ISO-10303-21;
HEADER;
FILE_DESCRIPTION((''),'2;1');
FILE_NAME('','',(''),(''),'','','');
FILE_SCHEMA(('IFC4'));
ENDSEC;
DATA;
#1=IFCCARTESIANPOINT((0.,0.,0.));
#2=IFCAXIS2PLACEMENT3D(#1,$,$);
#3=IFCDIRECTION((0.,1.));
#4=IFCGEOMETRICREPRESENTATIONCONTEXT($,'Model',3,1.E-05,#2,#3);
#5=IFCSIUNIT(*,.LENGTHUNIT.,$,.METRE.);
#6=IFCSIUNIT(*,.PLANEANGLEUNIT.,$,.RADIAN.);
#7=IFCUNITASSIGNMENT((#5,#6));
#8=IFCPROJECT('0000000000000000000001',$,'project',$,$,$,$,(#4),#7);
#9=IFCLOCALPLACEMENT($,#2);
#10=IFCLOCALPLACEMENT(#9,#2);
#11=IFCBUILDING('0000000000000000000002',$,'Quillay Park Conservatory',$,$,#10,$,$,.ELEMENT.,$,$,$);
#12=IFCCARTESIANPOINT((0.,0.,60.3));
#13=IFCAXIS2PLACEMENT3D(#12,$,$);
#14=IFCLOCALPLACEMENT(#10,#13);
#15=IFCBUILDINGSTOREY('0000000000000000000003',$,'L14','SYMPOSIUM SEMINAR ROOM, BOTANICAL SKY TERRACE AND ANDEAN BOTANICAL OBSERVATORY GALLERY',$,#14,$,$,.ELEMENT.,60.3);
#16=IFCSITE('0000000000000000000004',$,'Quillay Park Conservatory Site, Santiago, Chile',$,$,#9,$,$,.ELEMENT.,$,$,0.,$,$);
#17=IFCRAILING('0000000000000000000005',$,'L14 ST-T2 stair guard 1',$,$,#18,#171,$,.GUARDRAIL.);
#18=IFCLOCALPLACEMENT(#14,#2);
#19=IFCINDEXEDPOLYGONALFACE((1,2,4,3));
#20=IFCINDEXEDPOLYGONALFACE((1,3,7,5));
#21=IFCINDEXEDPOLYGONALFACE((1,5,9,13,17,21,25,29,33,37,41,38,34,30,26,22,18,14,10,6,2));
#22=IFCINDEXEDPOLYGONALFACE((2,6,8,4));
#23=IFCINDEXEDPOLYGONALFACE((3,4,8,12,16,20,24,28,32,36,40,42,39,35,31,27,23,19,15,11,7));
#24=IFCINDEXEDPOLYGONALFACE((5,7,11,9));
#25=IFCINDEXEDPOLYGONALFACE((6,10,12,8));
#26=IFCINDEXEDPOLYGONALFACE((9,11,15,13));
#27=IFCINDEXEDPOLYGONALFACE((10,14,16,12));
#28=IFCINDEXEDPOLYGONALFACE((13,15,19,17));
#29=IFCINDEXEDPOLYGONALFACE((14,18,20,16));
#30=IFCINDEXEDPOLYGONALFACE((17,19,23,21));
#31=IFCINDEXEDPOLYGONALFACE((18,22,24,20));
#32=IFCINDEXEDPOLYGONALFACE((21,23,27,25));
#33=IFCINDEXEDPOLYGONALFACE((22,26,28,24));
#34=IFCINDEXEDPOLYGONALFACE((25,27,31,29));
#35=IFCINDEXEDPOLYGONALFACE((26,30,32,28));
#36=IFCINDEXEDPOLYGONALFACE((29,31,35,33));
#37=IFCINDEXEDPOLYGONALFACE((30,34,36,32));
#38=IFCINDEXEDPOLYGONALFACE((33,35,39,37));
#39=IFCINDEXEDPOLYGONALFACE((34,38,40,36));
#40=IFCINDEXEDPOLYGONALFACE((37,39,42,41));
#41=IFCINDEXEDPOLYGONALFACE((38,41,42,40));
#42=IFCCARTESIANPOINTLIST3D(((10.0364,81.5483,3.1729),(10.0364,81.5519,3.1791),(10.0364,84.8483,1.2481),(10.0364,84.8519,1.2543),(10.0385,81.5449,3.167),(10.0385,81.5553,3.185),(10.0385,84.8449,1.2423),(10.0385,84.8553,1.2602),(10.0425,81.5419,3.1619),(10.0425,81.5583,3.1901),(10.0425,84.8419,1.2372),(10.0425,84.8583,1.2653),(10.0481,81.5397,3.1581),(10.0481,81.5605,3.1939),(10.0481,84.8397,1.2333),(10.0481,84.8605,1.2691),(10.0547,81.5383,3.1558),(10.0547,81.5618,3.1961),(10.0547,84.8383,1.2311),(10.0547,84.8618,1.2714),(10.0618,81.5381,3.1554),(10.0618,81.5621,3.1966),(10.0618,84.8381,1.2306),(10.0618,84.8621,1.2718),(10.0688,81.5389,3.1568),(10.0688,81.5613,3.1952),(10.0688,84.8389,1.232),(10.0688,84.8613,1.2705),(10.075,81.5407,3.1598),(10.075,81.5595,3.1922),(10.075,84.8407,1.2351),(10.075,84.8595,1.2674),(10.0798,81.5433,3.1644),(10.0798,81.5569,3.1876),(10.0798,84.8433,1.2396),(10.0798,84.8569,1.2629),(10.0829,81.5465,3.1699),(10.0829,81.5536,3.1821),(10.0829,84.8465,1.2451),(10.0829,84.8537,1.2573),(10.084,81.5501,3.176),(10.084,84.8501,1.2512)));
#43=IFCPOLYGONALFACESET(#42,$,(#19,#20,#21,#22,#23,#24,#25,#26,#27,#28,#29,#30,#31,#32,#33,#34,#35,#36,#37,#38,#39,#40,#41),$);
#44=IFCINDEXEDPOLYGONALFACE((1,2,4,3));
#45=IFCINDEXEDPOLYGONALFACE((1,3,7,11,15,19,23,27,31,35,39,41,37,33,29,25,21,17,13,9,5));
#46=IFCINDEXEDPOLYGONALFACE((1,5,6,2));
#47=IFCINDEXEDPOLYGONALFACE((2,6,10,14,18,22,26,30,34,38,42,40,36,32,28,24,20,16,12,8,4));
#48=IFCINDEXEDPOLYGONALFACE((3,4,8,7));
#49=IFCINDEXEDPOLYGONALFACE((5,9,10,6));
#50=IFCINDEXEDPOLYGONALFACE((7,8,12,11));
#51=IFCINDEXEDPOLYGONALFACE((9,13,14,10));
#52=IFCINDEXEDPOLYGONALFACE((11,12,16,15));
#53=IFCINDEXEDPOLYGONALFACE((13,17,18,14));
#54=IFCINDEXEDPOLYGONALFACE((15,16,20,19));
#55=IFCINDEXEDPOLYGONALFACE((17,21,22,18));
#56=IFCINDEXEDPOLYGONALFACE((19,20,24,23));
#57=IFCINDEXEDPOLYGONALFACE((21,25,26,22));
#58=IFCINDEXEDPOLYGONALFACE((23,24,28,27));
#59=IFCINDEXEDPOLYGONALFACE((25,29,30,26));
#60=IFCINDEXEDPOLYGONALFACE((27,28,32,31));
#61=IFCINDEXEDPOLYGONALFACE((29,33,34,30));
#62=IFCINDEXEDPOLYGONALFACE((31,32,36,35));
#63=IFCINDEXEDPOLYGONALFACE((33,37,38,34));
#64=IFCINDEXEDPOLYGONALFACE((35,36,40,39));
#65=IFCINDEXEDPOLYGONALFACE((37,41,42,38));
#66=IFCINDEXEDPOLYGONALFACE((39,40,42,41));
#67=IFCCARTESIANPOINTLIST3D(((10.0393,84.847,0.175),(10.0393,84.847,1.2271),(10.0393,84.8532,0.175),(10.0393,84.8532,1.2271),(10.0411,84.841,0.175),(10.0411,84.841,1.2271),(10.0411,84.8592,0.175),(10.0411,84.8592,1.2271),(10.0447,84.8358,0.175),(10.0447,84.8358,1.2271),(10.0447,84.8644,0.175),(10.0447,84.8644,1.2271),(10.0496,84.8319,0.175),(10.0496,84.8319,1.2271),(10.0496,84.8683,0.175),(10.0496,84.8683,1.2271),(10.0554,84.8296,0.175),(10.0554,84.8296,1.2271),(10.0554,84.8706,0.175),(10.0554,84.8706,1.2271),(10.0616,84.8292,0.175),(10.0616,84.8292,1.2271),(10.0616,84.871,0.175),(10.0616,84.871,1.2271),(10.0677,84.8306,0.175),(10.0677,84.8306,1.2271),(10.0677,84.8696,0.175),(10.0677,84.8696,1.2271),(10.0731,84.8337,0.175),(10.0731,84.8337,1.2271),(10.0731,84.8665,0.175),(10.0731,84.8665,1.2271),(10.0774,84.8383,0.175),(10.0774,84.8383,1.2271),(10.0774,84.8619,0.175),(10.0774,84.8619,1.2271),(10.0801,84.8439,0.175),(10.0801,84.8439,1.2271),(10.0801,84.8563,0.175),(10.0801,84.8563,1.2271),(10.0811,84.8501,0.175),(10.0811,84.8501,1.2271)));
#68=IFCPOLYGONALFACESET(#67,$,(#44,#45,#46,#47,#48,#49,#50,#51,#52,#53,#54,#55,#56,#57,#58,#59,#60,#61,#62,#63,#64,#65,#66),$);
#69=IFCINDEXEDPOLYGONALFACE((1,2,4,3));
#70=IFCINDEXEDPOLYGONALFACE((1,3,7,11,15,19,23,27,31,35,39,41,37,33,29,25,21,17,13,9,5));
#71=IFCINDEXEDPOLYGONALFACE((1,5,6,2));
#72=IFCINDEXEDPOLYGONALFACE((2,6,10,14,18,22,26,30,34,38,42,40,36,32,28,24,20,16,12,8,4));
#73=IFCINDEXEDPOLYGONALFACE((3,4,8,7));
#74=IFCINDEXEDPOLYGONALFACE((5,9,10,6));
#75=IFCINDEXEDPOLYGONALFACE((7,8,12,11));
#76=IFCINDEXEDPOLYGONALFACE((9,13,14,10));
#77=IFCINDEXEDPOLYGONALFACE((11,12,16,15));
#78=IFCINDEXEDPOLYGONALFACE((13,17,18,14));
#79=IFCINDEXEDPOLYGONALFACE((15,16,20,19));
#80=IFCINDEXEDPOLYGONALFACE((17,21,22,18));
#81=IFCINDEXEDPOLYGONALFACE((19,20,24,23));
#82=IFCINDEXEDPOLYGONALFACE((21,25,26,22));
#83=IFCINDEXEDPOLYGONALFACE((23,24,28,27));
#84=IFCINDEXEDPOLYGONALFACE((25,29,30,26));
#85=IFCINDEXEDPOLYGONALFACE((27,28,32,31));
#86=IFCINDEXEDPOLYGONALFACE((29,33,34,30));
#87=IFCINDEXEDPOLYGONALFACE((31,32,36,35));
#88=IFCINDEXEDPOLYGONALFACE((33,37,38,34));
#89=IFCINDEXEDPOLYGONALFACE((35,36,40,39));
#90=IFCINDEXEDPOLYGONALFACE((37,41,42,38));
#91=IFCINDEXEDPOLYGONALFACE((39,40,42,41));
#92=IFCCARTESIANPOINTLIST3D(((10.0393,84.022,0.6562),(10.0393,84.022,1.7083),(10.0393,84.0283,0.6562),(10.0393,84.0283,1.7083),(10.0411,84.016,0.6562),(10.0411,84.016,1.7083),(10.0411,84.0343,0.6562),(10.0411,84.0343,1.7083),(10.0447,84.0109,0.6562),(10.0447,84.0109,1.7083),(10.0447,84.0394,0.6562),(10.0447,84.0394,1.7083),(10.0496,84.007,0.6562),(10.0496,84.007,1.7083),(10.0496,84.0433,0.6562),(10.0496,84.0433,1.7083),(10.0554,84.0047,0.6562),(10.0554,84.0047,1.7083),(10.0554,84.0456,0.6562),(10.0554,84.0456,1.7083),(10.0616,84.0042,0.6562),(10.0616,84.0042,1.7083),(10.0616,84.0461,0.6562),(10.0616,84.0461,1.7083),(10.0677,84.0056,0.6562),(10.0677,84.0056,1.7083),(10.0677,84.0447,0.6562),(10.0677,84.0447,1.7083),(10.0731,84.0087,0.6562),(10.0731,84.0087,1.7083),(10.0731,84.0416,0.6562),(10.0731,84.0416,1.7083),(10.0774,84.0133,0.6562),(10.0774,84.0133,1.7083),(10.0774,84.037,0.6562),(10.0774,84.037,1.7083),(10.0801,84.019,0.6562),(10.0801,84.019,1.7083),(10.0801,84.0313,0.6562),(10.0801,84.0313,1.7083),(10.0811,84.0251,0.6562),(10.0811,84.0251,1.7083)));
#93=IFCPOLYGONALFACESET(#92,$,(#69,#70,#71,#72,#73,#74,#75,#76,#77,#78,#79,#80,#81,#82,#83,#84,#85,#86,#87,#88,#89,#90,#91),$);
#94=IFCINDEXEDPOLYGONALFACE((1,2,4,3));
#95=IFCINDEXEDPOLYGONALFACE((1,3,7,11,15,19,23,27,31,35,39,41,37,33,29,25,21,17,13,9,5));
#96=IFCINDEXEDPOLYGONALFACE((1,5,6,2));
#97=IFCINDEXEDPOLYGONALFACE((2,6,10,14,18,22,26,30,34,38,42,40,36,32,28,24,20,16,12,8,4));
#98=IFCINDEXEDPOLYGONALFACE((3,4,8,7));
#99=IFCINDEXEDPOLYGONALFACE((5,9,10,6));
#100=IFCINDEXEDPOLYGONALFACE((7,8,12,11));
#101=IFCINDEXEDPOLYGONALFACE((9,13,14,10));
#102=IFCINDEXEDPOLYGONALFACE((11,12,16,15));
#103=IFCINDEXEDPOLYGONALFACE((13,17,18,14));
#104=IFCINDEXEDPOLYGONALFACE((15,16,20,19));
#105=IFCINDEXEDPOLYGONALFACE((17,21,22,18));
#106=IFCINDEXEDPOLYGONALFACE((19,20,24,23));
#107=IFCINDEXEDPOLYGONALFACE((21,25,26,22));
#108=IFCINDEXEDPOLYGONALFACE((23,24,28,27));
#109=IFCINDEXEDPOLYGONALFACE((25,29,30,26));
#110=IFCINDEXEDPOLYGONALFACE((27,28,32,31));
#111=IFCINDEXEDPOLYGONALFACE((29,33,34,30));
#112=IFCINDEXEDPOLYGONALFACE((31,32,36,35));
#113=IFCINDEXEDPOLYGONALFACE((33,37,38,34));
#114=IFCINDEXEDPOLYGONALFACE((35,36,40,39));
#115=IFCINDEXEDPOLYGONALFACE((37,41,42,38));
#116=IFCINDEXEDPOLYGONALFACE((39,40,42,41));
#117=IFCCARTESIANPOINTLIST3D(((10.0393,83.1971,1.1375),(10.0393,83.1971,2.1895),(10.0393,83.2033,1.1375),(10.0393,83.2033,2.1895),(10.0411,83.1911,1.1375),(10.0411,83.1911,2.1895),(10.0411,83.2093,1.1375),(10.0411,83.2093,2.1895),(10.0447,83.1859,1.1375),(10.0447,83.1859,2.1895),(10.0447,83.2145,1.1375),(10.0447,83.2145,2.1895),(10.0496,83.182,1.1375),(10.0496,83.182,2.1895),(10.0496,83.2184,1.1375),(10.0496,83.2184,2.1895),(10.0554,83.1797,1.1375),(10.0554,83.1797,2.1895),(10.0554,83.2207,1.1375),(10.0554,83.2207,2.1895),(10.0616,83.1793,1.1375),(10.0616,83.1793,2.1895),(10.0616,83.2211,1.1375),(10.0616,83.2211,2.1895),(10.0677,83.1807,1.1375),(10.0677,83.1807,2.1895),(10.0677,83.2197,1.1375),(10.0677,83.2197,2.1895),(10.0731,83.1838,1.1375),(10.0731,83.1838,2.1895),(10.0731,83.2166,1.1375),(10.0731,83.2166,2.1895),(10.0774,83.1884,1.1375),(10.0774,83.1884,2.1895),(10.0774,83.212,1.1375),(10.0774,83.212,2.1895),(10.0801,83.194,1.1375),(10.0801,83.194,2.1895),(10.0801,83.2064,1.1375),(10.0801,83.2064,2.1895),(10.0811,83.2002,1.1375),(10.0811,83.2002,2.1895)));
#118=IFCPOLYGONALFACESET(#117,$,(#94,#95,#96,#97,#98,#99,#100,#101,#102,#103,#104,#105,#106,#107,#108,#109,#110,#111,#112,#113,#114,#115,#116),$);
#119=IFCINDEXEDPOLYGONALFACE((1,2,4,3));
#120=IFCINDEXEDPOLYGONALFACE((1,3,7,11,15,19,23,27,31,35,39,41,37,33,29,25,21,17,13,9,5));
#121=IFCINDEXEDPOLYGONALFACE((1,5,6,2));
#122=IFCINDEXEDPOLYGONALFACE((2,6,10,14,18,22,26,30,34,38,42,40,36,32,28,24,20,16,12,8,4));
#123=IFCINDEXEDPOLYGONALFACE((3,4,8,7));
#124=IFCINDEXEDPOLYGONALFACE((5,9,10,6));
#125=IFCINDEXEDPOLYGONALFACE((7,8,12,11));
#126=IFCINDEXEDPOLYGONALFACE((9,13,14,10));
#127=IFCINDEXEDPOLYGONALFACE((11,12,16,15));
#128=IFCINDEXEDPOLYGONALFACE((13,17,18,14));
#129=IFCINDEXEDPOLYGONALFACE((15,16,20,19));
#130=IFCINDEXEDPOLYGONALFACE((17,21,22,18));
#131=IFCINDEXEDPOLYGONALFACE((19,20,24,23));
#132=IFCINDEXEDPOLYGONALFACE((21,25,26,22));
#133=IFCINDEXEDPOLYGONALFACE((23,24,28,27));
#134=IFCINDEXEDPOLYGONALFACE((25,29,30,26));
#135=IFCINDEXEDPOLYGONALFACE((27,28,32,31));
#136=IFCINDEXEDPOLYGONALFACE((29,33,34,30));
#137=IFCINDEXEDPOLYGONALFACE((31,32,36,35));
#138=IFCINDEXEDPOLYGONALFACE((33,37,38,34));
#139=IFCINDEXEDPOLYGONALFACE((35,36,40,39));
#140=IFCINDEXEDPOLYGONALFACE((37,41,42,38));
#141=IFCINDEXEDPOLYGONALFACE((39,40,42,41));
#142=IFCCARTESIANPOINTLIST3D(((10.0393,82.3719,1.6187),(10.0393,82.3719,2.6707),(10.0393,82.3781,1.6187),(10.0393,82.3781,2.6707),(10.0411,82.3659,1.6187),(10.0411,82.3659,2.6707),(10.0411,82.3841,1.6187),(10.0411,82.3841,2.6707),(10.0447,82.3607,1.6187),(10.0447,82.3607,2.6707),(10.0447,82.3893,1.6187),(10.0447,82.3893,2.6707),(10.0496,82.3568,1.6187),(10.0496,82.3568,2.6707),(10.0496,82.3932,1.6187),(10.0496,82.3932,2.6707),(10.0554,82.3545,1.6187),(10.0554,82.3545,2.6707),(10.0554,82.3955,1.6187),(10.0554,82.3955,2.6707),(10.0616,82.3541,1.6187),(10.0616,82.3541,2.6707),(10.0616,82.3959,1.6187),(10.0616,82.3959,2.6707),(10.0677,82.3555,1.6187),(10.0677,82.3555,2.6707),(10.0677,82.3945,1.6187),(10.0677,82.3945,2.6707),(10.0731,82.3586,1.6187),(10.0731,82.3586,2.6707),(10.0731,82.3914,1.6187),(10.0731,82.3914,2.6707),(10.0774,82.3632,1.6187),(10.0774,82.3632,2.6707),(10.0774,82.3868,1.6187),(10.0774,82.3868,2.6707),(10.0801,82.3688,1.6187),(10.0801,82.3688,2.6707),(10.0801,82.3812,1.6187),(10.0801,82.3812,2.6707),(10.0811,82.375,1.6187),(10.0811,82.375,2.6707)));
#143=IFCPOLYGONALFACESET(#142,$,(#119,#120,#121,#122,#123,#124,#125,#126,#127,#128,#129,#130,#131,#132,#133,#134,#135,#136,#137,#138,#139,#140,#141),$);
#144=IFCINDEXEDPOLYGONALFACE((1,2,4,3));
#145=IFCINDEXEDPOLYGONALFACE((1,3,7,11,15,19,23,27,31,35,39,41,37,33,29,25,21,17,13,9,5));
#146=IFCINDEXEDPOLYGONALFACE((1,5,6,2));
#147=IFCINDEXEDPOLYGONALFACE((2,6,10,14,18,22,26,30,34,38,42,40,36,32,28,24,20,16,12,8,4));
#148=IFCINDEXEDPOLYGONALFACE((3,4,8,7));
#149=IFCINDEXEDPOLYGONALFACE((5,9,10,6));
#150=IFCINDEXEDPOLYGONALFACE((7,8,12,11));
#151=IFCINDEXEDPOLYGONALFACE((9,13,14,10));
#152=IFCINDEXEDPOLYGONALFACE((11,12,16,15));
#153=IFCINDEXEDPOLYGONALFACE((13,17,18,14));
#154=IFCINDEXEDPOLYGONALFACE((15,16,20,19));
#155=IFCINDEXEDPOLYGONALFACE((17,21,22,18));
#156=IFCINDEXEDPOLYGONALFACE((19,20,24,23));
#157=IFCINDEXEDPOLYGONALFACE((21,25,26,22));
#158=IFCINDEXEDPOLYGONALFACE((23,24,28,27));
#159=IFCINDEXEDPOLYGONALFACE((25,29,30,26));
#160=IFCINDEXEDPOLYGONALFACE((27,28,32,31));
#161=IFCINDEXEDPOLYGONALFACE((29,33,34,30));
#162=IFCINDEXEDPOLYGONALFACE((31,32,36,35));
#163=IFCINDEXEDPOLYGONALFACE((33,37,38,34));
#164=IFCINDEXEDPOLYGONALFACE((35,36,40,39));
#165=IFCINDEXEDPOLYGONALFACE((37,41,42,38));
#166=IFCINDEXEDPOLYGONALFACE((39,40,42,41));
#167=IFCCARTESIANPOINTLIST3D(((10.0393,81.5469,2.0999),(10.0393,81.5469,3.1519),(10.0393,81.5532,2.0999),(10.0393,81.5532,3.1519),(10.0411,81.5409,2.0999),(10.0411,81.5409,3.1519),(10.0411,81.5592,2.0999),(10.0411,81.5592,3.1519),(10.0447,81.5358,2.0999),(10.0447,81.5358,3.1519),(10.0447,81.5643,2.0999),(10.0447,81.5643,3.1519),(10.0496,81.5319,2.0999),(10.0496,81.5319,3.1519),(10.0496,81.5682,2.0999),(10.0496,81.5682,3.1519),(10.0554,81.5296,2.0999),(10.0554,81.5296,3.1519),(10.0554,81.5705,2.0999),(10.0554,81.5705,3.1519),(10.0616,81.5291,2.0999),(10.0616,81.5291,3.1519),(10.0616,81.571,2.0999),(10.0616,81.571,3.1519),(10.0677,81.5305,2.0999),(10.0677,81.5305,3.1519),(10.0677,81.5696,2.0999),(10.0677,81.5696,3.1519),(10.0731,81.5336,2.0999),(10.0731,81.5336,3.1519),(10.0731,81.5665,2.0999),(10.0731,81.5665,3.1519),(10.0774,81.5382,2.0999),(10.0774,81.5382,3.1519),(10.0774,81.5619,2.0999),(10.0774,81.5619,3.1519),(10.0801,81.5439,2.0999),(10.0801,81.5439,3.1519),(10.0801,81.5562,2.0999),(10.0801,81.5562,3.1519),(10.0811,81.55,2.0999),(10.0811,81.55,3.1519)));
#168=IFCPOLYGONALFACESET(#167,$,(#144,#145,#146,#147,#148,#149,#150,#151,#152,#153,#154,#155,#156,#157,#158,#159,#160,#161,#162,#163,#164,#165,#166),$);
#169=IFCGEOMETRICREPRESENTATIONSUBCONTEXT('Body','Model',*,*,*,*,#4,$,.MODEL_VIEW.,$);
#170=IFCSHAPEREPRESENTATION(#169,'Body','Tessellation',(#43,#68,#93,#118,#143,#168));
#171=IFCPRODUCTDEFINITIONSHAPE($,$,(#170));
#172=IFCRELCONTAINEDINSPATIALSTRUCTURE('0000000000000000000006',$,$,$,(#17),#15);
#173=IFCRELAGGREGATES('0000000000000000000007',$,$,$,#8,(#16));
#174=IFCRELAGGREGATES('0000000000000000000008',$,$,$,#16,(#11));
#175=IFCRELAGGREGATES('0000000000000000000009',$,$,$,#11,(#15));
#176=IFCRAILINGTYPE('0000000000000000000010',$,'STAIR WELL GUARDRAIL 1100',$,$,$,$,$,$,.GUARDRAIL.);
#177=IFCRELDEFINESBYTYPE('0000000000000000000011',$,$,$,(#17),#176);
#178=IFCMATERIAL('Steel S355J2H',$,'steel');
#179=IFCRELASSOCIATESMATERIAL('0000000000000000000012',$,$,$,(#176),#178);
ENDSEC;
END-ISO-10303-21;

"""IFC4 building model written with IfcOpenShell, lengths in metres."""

from ifc_helpers import new_model, si_unit, direction, frame, origin, origin_2d, place, context, subcontext, project, spatial, circle, extrude, material, type_object, element, save


model = new_model("IFC4")

# Units and contexts
model_context = context("Model", 3, precision=1e-05, world=origin(), true_north=direction((0.0, 1.0)))
body_context = subcontext(model_context, "Body", "Model", "MODEL_VIEW")
ifc_project = project(units=[si_unit("LENGTHUNIT", "METRE"), si_unit("PLANEANGLEUNIT", "RADIAN")], contexts=[model_context])

# Site, building, storey
site_placement = place(None, origin())
site = spatial("IfcSite", under=ifc_project, at=site_placement, Name="Quillay Park Conservatory Site, Santiago, Chile", CompositionType="ELEMENT", RefElevation=0.0)
building_placement = place(site_placement, origin())
building = spatial("IfcBuilding", under=site, at=building_placement, Name="Quillay Park Conservatory", CompositionType="ELEMENT")
storey_placement = place(building_placement, frame((0.0, 0.0, 60.3)))
storey = spatial("IfcBuildingStorey", under=building, at=storey_placement, Name="L14", Description="SYMPOSIUM SEMINAR ROOM, BOTANICAL SKY TERRACE AND ANDEAN BOTANICAL OBSERVATORY GALLERY", CompositionType="ELEMENT", Elevation=60.3)

# Railing
ifc_material_1 = material(Name="Steel S355J2H", Category="steel")
railing_type_1 = type_object("IfcRailingType", Name="STAIR WELL GUARDRAIL 1100", PredefinedType="GUARDRAIL", material=ifc_material_1)
railing_1_placement = place(storey_placement, frame((10.0601, 84.8501, 0.175)))
element("IfcRailing", 1, at=railing_1_placement, inside=storey, type_object=railing_type_1, Name="L14 ST-T2 stair guard 1", PredefinedType="GUARDRAIL", context=body_context, shape_type="SweptSolid", body=[
    extrude(circle(Radius=0.0239, at=origin_2d()), frame((0.0, 0.0, 1.0762), z_axis=(0.0, -0.863804, 0.503827), x_axis=(1.0, 0.0, 0.0)), (0.0, 0.0, 1.0), 3.8203),
    extrude(circle(Radius=0.021, at=origin_2d()), origin(), (0.0, 0.0, 1.0), 1.052),
    extrude(circle(Radius=0.021, at=origin_2d()), frame((0.0, -0.825, 0.4812)), (0.0, 0.0, 1.0), 1.052),
    extrude(circle(Radius=0.021, at=origin_2d()), frame((0.0, -1.6499, 0.9624)), (0.0, 0.0, 1.0), 1.052),
    extrude(circle(Radius=0.021, at=origin_2d()), frame((0.0, -2.4751, 1.4436)), (0.0, 0.0, 1.0), 1.052),
    extrude(circle(Radius=0.021, at=origin_2d()), frame((0.0, -3.3, 1.9248)), (0.0, 0.0, 1.0), 1.052),
])

save(model, "model.ifc")
